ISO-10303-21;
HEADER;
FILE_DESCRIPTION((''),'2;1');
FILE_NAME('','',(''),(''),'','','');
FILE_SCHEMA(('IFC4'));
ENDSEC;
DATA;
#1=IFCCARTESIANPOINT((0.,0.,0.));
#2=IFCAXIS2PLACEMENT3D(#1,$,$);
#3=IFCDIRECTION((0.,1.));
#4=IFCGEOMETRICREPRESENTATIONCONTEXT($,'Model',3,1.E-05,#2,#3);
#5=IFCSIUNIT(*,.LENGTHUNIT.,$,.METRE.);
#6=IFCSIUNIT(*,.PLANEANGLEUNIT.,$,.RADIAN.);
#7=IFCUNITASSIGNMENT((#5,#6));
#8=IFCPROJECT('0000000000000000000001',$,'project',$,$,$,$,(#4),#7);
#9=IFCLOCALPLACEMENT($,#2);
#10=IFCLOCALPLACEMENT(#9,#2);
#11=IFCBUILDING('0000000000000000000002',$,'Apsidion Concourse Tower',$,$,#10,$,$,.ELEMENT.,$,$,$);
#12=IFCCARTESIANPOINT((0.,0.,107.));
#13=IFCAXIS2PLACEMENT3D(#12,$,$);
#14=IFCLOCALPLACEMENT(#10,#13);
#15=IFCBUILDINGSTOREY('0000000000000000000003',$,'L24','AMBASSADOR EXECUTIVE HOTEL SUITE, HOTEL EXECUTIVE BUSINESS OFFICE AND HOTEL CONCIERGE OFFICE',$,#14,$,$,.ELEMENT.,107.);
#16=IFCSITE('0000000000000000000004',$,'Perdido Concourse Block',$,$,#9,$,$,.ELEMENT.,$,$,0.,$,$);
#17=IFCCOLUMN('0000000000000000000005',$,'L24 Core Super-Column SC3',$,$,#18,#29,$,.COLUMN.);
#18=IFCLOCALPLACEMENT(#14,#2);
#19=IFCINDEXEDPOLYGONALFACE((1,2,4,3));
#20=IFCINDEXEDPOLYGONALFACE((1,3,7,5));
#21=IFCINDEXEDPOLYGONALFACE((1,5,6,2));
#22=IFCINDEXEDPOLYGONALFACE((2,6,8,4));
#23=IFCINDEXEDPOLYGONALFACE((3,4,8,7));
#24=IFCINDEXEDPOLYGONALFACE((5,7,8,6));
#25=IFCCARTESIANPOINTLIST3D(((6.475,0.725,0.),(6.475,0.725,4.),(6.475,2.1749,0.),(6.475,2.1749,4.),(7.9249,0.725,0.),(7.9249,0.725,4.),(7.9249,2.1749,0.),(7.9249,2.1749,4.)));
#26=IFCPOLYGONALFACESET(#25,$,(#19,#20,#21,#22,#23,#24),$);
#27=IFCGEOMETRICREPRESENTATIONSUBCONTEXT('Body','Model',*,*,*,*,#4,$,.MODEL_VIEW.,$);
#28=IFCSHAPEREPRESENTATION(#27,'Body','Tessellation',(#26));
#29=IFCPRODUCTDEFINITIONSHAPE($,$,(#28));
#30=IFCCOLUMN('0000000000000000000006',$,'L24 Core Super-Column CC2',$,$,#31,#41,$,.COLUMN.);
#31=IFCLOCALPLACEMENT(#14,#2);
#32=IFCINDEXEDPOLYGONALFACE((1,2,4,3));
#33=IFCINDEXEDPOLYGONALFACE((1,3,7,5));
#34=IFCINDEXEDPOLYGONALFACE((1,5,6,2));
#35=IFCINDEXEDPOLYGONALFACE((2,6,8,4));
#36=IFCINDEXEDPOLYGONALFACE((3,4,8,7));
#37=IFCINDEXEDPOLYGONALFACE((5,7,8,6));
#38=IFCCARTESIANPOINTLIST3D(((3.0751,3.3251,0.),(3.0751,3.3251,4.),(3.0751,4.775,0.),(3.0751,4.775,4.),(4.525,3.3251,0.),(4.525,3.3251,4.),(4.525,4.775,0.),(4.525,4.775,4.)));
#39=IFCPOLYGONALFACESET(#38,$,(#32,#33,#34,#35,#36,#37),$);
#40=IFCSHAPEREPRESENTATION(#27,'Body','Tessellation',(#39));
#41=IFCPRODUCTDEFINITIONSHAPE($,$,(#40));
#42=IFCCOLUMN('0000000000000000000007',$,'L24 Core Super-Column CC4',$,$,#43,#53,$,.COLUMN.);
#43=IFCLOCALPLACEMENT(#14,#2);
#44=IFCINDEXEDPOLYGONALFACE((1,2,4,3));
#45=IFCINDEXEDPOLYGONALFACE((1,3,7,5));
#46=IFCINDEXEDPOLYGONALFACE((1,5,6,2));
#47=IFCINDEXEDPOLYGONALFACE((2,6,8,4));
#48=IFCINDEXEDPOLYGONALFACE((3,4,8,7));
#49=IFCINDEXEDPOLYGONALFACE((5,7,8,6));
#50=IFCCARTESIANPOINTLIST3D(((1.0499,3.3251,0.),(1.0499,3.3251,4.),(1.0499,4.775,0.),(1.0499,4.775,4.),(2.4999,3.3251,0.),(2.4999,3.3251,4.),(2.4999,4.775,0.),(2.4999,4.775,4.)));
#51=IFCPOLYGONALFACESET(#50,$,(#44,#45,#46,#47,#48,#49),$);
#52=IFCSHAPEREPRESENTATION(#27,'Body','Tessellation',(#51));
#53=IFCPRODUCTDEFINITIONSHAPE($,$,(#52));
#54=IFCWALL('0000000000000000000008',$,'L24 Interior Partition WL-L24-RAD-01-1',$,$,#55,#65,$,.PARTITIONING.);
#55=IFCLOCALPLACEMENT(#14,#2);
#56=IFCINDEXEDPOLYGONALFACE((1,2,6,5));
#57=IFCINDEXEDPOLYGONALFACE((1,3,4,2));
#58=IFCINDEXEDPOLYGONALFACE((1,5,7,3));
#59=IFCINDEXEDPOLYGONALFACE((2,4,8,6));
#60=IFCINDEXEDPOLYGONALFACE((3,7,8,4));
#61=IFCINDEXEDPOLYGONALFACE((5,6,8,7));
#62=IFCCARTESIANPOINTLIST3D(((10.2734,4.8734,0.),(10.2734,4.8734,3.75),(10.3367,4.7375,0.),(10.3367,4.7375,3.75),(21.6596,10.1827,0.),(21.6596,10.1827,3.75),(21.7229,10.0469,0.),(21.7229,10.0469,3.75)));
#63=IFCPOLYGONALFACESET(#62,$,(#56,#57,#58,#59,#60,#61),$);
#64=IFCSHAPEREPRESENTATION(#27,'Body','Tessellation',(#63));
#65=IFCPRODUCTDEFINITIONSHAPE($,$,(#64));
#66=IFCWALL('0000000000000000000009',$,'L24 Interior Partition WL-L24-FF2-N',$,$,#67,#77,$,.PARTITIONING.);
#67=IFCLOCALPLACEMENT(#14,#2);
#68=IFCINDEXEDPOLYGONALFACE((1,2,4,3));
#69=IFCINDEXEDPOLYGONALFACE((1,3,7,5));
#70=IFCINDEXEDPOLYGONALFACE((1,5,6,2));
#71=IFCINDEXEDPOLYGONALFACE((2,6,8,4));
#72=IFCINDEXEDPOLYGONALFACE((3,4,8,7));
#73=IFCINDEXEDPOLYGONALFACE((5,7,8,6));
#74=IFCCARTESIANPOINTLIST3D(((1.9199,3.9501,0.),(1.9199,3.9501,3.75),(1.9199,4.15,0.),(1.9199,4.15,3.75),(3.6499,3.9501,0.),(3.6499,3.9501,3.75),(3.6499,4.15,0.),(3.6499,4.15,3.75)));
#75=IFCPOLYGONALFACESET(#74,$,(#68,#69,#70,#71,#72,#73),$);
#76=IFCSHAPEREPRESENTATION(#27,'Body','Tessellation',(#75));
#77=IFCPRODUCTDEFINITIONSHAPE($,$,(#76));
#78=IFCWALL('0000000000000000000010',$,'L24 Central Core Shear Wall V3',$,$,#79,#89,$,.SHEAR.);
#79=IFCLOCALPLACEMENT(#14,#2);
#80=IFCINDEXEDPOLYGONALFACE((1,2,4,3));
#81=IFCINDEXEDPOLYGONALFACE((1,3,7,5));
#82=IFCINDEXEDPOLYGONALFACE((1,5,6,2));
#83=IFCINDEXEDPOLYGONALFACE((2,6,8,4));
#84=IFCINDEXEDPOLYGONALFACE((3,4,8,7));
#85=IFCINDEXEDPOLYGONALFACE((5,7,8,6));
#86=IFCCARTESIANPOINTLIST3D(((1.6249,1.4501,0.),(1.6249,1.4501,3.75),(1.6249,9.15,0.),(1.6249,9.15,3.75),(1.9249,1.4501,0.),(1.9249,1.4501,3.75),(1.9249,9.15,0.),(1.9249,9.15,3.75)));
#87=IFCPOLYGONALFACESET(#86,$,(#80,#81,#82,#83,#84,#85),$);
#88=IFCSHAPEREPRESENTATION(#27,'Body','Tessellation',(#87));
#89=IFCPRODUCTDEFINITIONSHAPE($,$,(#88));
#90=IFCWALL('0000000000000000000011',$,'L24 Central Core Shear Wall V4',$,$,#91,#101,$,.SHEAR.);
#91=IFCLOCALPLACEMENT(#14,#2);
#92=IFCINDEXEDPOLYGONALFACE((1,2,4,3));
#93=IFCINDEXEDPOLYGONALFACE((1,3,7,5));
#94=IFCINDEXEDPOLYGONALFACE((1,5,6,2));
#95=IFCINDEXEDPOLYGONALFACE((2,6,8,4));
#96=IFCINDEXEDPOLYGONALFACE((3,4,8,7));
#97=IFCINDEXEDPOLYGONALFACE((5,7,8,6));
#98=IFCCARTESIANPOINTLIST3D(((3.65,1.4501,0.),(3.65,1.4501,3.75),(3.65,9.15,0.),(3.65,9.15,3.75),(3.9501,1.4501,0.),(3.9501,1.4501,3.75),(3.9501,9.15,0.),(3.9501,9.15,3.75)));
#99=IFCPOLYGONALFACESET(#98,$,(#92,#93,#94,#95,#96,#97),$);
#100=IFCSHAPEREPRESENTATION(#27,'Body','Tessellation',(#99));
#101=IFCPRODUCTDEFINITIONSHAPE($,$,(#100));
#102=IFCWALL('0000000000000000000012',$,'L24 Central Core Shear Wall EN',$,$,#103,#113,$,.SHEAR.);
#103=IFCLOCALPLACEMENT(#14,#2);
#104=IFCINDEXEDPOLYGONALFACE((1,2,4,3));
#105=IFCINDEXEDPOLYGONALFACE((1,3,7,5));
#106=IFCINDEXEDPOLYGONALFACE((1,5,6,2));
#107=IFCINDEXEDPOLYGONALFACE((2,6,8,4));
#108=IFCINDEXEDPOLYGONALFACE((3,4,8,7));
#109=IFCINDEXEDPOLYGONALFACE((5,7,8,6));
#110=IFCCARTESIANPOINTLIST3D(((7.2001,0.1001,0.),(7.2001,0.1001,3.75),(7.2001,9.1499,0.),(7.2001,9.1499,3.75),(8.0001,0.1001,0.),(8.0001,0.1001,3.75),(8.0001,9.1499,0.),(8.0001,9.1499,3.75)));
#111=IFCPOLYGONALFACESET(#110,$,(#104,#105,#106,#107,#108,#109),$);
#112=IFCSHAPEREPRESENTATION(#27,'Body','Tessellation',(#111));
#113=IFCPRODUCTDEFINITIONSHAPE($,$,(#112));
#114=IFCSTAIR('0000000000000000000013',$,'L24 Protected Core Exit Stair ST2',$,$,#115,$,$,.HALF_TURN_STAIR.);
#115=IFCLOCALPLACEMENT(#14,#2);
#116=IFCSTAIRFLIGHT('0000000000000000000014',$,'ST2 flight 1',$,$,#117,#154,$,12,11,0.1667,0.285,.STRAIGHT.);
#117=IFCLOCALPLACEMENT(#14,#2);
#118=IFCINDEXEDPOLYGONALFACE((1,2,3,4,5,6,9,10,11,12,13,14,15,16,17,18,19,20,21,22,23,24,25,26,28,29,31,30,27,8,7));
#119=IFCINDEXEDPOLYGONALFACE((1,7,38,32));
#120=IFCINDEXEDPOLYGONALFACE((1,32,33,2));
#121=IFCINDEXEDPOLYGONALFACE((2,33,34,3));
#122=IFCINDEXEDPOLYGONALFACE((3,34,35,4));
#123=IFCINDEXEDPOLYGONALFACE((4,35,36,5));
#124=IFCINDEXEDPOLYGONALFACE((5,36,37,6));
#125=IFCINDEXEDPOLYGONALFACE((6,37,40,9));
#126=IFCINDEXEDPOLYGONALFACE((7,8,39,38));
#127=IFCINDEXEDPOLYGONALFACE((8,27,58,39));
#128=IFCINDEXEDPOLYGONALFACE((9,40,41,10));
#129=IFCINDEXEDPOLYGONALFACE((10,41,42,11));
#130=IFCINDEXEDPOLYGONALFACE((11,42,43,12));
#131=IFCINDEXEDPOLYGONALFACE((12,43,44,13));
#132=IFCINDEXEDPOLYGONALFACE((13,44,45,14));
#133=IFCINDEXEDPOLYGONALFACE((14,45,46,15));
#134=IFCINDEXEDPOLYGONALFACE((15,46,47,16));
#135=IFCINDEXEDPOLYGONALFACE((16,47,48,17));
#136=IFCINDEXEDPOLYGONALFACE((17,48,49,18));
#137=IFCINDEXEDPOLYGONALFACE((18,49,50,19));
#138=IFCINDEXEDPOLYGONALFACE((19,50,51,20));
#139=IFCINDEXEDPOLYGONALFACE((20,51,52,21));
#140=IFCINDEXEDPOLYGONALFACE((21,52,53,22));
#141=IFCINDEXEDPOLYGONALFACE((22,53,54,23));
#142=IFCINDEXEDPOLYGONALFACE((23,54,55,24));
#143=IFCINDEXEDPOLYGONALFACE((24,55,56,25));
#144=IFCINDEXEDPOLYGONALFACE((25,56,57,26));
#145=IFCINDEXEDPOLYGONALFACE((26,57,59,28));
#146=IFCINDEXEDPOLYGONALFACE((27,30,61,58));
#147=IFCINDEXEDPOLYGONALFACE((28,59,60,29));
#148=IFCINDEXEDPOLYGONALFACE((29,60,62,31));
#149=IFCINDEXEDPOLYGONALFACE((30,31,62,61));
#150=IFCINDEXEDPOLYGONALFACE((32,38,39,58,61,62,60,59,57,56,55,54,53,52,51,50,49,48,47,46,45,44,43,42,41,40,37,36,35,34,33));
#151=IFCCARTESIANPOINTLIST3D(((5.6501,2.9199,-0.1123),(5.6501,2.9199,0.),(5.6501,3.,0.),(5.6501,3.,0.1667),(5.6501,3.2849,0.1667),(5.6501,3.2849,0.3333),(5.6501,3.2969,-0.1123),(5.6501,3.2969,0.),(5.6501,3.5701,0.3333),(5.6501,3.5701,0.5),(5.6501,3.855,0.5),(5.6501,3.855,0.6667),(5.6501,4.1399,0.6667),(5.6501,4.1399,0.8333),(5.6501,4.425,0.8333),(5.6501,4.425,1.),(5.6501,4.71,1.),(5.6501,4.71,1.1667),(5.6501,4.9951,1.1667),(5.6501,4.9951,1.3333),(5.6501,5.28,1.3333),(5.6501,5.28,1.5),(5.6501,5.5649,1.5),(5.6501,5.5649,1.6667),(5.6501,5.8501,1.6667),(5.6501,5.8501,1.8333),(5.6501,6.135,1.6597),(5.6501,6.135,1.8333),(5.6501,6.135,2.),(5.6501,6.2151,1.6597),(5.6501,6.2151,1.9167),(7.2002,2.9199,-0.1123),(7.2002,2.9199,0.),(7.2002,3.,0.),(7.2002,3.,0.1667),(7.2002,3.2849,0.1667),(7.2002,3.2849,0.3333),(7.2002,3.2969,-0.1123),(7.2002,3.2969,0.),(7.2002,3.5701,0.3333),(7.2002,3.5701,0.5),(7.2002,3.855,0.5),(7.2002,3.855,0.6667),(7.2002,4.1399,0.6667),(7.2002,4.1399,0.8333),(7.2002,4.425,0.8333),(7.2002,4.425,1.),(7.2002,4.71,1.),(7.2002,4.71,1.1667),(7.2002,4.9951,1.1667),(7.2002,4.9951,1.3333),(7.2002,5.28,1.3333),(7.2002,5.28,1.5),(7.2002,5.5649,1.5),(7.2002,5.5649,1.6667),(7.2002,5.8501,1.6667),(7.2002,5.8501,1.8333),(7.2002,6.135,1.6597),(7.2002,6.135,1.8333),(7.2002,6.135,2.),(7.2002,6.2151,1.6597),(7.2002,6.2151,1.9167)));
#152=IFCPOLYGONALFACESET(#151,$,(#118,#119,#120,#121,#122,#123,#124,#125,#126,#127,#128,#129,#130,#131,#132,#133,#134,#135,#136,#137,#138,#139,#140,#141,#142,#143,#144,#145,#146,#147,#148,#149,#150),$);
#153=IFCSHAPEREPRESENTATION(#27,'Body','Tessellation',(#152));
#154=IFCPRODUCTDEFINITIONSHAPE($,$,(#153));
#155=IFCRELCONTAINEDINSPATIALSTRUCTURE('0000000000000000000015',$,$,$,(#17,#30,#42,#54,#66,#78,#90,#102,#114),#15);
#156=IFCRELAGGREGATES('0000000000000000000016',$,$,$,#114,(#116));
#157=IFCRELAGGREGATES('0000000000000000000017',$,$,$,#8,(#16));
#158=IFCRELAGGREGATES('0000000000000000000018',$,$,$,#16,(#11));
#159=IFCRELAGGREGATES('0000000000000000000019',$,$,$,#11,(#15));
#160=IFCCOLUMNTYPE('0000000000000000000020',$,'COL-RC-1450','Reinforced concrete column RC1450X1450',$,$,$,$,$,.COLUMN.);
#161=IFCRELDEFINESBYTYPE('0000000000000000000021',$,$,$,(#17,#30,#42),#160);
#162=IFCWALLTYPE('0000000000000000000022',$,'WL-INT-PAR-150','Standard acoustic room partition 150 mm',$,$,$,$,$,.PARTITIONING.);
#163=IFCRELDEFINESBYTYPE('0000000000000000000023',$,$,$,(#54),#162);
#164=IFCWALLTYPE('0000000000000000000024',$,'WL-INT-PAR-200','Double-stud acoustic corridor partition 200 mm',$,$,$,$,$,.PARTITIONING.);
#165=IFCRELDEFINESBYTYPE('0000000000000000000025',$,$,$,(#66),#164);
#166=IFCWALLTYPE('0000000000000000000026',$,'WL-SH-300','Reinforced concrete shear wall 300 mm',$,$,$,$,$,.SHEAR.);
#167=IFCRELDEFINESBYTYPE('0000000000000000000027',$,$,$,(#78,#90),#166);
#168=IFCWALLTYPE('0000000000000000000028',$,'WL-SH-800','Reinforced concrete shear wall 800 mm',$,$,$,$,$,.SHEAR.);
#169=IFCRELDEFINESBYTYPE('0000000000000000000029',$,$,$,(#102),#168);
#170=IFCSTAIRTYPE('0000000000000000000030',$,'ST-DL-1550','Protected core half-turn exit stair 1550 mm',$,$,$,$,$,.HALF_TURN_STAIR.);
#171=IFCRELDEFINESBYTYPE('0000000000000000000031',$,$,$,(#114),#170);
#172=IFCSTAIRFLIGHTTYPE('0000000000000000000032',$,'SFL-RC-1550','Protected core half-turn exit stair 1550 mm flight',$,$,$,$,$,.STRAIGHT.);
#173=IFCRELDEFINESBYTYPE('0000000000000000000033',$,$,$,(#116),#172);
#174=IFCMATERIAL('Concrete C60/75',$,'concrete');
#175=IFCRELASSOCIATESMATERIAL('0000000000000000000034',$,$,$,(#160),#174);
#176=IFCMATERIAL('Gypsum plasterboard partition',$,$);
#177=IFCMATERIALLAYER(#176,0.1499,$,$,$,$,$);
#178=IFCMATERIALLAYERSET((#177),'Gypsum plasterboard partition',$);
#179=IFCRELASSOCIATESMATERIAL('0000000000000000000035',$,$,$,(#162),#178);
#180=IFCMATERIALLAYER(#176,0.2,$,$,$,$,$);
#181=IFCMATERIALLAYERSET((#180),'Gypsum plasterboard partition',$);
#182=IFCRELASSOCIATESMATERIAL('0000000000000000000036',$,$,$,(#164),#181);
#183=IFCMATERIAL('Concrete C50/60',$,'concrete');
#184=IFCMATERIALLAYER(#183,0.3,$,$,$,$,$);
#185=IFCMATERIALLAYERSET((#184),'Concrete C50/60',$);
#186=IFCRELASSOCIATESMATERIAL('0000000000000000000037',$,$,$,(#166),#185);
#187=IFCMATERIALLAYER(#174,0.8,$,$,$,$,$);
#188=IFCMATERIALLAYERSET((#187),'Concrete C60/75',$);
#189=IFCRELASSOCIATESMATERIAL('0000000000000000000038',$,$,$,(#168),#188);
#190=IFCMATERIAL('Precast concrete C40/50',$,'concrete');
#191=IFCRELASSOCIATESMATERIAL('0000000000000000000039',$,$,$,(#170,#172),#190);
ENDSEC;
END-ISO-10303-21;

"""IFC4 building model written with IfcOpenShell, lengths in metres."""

from ifc_helpers import new_model, si_unit, direction, frame, frame_2d, origin, origin_2d, place, context, subcontext, project, spatial, polyline, rectangle, outline, extrude, material, layer, layer_set, material_profile, profile_set, type_object, element, aggregate, save


model = new_model("IFC4")

# Units and contexts
model_context = context("Model", 3, precision=1e-05, world=origin(), true_north=direction((0.0, 1.0)))
body_context = subcontext(model_context, "Body", "Model", "MODEL_VIEW")
ifc_project = project(units=[si_unit("LENGTHUNIT", "METRE"), si_unit("PLANEANGLEUNIT", "RADIAN")], contexts=[model_context])

# Site, building, storey
site_placement = place(None, origin())
site = spatial("IfcSite", under=ifc_project, at=site_placement, Name="Perdido Concourse Block", CompositionType="ELEMENT", RefElevation=0.0)
building_placement = place(site_placement, origin())
building = spatial("IfcBuilding", under=site, at=building_placement, Name="Apsidion Concourse Tower", CompositionType="ELEMENT")
storey_placement = place(building_placement, frame((0.0, 0.0, 107.0)))
storey = spatial("IfcBuildingStorey", under=building, at=storey_placement, Name="L24", Description="AMBASSADOR EXECUTIVE HOTEL SUITE, HOTEL EXECUTIVE BUSINESS OFFICE AND HOTEL CONCIERGE OFFICE", CompositionType="ELEMENT", Elevation=107.0)

# Columns
ifc_material_1 = material(Name="Concrete C60/75", Category="concrete")
ifc_material_profile = material_profile(ifc_material_1, rectangle(XDim=1.45, YDim=1.45, at=origin_2d()), Name="RC 1450x1450")
ifc_profile_set = profile_set([ifc_material_profile], Name="Concrete C60/75")
column_type = type_object("IfcColumnType", Name="COL-RC-1450", Description="Reinforced concrete column RC1450X1450", PredefinedType="COLUMN", material=ifc_profile_set)
for number, where, z_axis, x_axis, name in (
    (1, (7.2, 1.45, 0.0), (0.0, 0.0, 1.0), (1.0, 0.0, 0.0), "L24 Core Super-Column SC3"),
    (2, (3.8, 4.05, 0.0), (0.0, 0.0, 1.0), (1.0, 0.0, 0.0), "L24 Core Super-Column CC2"),
    (3, (1.7749, 4.05, 0.0), (0.0, 0.0, 1.0), (1.0, 0.0, 0.0), "L24 Core Super-Column CC4"),
):
    element("IfcColumn", number, at=place(storey_placement, frame(where, z_axis=z_axis, x_axis=x_axis)), inside=storey, type_object=column_type, Name=name, PredefinedType="COLUMN", context=body_context, shape_type="SweptSolid", body=[
        extrude(rectangle(XDim=1.45, YDim=1.45, at=origin_2d()), origin(), (0.0, 0.0, 1.0), 4.0),
    ])

# Walls
ifc_material_2 = material(Name="Gypsum plasterboard partition")
ifc_layer_1 = layer(ifc_material_2, 0.1499)
ifc_layer_set_1 = layer_set([ifc_layer_1], Name="Gypsum plasterboard partition")
wall_type_1 = type_object("IfcWallType", Name="WL-INT-PAR-150", Description="Standard acoustic room partition 150 mm", PredefinedType="PARTITIONING", material=ifc_layer_set_1)
wall_1_placement = place(storey_placement, frame((10.3049, 4.8054, 0.0), z_axis=(0.0, 0.0, 1.0), x_axis=(0.906313, 0.422608, 0.0)))
element("IfcWall", 4, at=wall_1_placement, inside=storey, type_object=wall_type_1, Name="L24 Interior Partition WL-L24-RAD-01-1", PredefinedType="PARTITIONING", context=body_context, shape_type="SweptSolid", body=[
    extrude(rectangle(XDim=12.5632, YDim=0.1499, at=frame_2d((6.2817, 0.0))), origin(), (0.0, 0.0, 1.0), 3.75),
])
ifc_layer_2 = layer(ifc_material_2, 0.2)
ifc_layer_set_2 = layer_set([ifc_layer_2], Name="Gypsum plasterboard partition")
wall_type_2 = type_object("IfcWallType", Name="WL-INT-PAR-200", Description="Double-stud acoustic corridor partition 200 mm", PredefinedType="PARTITIONING", material=ifc_layer_set_2)
wall_2_placement = place(storey_placement, frame((1.9199, 4.05, 0.0), z_axis=(0.0, 0.0, 1.0), x_axis=(1.0, 0.0, 0.0)))
element("IfcWall", 5, at=wall_2_placement, inside=storey, type_object=wall_type_2, Name="L24 Interior Partition WL-L24-FF2-N", PredefinedType="PARTITIONING", context=body_context, shape_type="SweptSolid", body=[
    extrude(rectangle(XDim=1.73, YDim=0.2, at=frame_2d((0.865, 0.0))), origin(), (0.0, 0.0, 1.0), 3.75),
])
ifc_material_3 = material(Name="Concrete C50/60", Category="concrete")
ifc_layer_3 = layer(ifc_material_3, 0.3)
ifc_layer_set_3 = layer_set([ifc_layer_3], Name="Concrete C50/60")
wall_type_3 = type_object("IfcWallType", Name="WL-SH-300", Description="Reinforced concrete shear wall 300 mm", PredefinedType="SHEAR", material=ifc_layer_set_3)
for number, where, z_axis, x_axis, name in (
    (6, (1.7749, 1.45, 0.0), (0.0, 0.0, 1.0), (0.0, 1.0, 0.0), "L24 Central Core Shear Wall V3"),
    (7, (3.8, 1.45, 0.0), (0.0, 0.0, 1.0), (0.0, 1.0, 0.0), "L24 Central Core Shear Wall V4"),
):
    element("IfcWall", number, at=place(storey_placement, frame(where, z_axis=z_axis, x_axis=x_axis)), inside=storey, type_object=wall_type_3, Name=name, PredefinedType="SHEAR", context=body_context, shape_type="SweptSolid", body=[
        extrude(rectangle(XDim=7.7, YDim=0.3, at=frame_2d((3.8501, 0.0))), origin(), (0.0, 0.0, 1.0), 3.75),
    ])
ifc_layer_4 = layer(ifc_material_1, 0.8)
ifc_layer_set_4 = layer_set([ifc_layer_4], Name="Concrete C60/75")
wall_type_4 = type_object("IfcWallType", Name="WL-SH-800", Description="Reinforced concrete shear wall 800 mm", PredefinedType="SHEAR", material=ifc_layer_set_4)
wall_3_placement = place(storey_placement, frame((7.6001, 0.1001, 0.0), z_axis=(0.0, 0.0, 1.0), x_axis=(0.0, 1.0, 0.0)))
element("IfcWall", 8, at=wall_3_placement, inside=storey, type_object=wall_type_4, Name="L24 Central Core Shear Wall EN", PredefinedType="SHEAR", context=body_context, shape_type="SweptSolid", body=[
    extrude(rectangle(XDim=9.0498, YDim=0.8, at=frame_2d((4.5249, 0.0))), origin(), (0.0, 0.0, 1.0), 3.75),
])

# Stair, stair flight
ifc_material_4 = material(Name="Precast concrete C40/50", Category="concrete")
stair_type = type_object("IfcStairType", Name="ST-DL-1550", Description="Protected core half-turn exit stair 1550 mm", PredefinedType="HALF_TURN_STAIR", material=ifc_material_4)
stair_1_placement = place(storey_placement, origin())
stair_1 = element("IfcStair", 9, at=stair_1_placement, inside=storey, type_object=stair_type, Name="L24 Protected Core Exit Stair ST2", PredefinedType="HALF_TURN_STAIR")
stair_flight_type = type_object("IfcStairFlightType", Name="SFL-RC-1550", Description="Protected core half-turn exit stair 1550 mm flight", PredefinedType="STRAIGHT", material=ifc_material_4)
stair_flight_1_placement = place(storey_placement, frame((6.425, 3.0, 0.0), z_axis=(0.0, 0.0, 1.0), x_axis=(0.0, 1.0, 0.0)))
stair_flight_1 = element("IfcStairFlight", 10, at=stair_flight_1_placement, type_object=stair_flight_type, Name="ST2 flight 1", NumberOfRisers=12, NumberOfTreads=11, PredefinedType="STRAIGHT", RiserHeight=0.1667, TreadLength=0.285, context=body_context, shape_type="SweptSolid", body=[
    extrude(outline(polyline([(-0.0801, -0.1123), (-0.0801, 0.0), (0.0, 0.0), (0.0, 0.1667), (0.2849, 0.1667), (0.2849, 0.3333), (0.5701, 0.3333), (0.5701, 0.5), (0.855, 0.5), (0.855, 0.6667), (1.1399, 0.6667), (1.1399, 0.8333), (1.425, 0.8333), (1.425, 1.0), (1.71, 1.0), (1.71, 1.1667), (1.9951, 1.1667), (1.9951, 1.3333), (2.28, 1.3333), (2.28, 1.5), (2.5649, 1.5), (2.5649, 1.6667), (2.8501, 1.6667), (2.8501, 1.8333), (3.135, 1.8333), (3.135, 2.0), (3.2151, 1.9167), (3.2151, 1.6597), (3.135, 1.6597), (0.2969, 0.0), (0.2969, -0.1123), (-0.0801, -0.1123)])), frame((0.0, 0.7749, 0.0), z_axis=(0.0, -1.0, 0.0), x_axis=(1.0, 0.0, 0.0)), (0.0, 0.0, 1.0), 1.55),
])
aggregate(stair_1, [stair_flight_1])

save(model, "model.ifc")
